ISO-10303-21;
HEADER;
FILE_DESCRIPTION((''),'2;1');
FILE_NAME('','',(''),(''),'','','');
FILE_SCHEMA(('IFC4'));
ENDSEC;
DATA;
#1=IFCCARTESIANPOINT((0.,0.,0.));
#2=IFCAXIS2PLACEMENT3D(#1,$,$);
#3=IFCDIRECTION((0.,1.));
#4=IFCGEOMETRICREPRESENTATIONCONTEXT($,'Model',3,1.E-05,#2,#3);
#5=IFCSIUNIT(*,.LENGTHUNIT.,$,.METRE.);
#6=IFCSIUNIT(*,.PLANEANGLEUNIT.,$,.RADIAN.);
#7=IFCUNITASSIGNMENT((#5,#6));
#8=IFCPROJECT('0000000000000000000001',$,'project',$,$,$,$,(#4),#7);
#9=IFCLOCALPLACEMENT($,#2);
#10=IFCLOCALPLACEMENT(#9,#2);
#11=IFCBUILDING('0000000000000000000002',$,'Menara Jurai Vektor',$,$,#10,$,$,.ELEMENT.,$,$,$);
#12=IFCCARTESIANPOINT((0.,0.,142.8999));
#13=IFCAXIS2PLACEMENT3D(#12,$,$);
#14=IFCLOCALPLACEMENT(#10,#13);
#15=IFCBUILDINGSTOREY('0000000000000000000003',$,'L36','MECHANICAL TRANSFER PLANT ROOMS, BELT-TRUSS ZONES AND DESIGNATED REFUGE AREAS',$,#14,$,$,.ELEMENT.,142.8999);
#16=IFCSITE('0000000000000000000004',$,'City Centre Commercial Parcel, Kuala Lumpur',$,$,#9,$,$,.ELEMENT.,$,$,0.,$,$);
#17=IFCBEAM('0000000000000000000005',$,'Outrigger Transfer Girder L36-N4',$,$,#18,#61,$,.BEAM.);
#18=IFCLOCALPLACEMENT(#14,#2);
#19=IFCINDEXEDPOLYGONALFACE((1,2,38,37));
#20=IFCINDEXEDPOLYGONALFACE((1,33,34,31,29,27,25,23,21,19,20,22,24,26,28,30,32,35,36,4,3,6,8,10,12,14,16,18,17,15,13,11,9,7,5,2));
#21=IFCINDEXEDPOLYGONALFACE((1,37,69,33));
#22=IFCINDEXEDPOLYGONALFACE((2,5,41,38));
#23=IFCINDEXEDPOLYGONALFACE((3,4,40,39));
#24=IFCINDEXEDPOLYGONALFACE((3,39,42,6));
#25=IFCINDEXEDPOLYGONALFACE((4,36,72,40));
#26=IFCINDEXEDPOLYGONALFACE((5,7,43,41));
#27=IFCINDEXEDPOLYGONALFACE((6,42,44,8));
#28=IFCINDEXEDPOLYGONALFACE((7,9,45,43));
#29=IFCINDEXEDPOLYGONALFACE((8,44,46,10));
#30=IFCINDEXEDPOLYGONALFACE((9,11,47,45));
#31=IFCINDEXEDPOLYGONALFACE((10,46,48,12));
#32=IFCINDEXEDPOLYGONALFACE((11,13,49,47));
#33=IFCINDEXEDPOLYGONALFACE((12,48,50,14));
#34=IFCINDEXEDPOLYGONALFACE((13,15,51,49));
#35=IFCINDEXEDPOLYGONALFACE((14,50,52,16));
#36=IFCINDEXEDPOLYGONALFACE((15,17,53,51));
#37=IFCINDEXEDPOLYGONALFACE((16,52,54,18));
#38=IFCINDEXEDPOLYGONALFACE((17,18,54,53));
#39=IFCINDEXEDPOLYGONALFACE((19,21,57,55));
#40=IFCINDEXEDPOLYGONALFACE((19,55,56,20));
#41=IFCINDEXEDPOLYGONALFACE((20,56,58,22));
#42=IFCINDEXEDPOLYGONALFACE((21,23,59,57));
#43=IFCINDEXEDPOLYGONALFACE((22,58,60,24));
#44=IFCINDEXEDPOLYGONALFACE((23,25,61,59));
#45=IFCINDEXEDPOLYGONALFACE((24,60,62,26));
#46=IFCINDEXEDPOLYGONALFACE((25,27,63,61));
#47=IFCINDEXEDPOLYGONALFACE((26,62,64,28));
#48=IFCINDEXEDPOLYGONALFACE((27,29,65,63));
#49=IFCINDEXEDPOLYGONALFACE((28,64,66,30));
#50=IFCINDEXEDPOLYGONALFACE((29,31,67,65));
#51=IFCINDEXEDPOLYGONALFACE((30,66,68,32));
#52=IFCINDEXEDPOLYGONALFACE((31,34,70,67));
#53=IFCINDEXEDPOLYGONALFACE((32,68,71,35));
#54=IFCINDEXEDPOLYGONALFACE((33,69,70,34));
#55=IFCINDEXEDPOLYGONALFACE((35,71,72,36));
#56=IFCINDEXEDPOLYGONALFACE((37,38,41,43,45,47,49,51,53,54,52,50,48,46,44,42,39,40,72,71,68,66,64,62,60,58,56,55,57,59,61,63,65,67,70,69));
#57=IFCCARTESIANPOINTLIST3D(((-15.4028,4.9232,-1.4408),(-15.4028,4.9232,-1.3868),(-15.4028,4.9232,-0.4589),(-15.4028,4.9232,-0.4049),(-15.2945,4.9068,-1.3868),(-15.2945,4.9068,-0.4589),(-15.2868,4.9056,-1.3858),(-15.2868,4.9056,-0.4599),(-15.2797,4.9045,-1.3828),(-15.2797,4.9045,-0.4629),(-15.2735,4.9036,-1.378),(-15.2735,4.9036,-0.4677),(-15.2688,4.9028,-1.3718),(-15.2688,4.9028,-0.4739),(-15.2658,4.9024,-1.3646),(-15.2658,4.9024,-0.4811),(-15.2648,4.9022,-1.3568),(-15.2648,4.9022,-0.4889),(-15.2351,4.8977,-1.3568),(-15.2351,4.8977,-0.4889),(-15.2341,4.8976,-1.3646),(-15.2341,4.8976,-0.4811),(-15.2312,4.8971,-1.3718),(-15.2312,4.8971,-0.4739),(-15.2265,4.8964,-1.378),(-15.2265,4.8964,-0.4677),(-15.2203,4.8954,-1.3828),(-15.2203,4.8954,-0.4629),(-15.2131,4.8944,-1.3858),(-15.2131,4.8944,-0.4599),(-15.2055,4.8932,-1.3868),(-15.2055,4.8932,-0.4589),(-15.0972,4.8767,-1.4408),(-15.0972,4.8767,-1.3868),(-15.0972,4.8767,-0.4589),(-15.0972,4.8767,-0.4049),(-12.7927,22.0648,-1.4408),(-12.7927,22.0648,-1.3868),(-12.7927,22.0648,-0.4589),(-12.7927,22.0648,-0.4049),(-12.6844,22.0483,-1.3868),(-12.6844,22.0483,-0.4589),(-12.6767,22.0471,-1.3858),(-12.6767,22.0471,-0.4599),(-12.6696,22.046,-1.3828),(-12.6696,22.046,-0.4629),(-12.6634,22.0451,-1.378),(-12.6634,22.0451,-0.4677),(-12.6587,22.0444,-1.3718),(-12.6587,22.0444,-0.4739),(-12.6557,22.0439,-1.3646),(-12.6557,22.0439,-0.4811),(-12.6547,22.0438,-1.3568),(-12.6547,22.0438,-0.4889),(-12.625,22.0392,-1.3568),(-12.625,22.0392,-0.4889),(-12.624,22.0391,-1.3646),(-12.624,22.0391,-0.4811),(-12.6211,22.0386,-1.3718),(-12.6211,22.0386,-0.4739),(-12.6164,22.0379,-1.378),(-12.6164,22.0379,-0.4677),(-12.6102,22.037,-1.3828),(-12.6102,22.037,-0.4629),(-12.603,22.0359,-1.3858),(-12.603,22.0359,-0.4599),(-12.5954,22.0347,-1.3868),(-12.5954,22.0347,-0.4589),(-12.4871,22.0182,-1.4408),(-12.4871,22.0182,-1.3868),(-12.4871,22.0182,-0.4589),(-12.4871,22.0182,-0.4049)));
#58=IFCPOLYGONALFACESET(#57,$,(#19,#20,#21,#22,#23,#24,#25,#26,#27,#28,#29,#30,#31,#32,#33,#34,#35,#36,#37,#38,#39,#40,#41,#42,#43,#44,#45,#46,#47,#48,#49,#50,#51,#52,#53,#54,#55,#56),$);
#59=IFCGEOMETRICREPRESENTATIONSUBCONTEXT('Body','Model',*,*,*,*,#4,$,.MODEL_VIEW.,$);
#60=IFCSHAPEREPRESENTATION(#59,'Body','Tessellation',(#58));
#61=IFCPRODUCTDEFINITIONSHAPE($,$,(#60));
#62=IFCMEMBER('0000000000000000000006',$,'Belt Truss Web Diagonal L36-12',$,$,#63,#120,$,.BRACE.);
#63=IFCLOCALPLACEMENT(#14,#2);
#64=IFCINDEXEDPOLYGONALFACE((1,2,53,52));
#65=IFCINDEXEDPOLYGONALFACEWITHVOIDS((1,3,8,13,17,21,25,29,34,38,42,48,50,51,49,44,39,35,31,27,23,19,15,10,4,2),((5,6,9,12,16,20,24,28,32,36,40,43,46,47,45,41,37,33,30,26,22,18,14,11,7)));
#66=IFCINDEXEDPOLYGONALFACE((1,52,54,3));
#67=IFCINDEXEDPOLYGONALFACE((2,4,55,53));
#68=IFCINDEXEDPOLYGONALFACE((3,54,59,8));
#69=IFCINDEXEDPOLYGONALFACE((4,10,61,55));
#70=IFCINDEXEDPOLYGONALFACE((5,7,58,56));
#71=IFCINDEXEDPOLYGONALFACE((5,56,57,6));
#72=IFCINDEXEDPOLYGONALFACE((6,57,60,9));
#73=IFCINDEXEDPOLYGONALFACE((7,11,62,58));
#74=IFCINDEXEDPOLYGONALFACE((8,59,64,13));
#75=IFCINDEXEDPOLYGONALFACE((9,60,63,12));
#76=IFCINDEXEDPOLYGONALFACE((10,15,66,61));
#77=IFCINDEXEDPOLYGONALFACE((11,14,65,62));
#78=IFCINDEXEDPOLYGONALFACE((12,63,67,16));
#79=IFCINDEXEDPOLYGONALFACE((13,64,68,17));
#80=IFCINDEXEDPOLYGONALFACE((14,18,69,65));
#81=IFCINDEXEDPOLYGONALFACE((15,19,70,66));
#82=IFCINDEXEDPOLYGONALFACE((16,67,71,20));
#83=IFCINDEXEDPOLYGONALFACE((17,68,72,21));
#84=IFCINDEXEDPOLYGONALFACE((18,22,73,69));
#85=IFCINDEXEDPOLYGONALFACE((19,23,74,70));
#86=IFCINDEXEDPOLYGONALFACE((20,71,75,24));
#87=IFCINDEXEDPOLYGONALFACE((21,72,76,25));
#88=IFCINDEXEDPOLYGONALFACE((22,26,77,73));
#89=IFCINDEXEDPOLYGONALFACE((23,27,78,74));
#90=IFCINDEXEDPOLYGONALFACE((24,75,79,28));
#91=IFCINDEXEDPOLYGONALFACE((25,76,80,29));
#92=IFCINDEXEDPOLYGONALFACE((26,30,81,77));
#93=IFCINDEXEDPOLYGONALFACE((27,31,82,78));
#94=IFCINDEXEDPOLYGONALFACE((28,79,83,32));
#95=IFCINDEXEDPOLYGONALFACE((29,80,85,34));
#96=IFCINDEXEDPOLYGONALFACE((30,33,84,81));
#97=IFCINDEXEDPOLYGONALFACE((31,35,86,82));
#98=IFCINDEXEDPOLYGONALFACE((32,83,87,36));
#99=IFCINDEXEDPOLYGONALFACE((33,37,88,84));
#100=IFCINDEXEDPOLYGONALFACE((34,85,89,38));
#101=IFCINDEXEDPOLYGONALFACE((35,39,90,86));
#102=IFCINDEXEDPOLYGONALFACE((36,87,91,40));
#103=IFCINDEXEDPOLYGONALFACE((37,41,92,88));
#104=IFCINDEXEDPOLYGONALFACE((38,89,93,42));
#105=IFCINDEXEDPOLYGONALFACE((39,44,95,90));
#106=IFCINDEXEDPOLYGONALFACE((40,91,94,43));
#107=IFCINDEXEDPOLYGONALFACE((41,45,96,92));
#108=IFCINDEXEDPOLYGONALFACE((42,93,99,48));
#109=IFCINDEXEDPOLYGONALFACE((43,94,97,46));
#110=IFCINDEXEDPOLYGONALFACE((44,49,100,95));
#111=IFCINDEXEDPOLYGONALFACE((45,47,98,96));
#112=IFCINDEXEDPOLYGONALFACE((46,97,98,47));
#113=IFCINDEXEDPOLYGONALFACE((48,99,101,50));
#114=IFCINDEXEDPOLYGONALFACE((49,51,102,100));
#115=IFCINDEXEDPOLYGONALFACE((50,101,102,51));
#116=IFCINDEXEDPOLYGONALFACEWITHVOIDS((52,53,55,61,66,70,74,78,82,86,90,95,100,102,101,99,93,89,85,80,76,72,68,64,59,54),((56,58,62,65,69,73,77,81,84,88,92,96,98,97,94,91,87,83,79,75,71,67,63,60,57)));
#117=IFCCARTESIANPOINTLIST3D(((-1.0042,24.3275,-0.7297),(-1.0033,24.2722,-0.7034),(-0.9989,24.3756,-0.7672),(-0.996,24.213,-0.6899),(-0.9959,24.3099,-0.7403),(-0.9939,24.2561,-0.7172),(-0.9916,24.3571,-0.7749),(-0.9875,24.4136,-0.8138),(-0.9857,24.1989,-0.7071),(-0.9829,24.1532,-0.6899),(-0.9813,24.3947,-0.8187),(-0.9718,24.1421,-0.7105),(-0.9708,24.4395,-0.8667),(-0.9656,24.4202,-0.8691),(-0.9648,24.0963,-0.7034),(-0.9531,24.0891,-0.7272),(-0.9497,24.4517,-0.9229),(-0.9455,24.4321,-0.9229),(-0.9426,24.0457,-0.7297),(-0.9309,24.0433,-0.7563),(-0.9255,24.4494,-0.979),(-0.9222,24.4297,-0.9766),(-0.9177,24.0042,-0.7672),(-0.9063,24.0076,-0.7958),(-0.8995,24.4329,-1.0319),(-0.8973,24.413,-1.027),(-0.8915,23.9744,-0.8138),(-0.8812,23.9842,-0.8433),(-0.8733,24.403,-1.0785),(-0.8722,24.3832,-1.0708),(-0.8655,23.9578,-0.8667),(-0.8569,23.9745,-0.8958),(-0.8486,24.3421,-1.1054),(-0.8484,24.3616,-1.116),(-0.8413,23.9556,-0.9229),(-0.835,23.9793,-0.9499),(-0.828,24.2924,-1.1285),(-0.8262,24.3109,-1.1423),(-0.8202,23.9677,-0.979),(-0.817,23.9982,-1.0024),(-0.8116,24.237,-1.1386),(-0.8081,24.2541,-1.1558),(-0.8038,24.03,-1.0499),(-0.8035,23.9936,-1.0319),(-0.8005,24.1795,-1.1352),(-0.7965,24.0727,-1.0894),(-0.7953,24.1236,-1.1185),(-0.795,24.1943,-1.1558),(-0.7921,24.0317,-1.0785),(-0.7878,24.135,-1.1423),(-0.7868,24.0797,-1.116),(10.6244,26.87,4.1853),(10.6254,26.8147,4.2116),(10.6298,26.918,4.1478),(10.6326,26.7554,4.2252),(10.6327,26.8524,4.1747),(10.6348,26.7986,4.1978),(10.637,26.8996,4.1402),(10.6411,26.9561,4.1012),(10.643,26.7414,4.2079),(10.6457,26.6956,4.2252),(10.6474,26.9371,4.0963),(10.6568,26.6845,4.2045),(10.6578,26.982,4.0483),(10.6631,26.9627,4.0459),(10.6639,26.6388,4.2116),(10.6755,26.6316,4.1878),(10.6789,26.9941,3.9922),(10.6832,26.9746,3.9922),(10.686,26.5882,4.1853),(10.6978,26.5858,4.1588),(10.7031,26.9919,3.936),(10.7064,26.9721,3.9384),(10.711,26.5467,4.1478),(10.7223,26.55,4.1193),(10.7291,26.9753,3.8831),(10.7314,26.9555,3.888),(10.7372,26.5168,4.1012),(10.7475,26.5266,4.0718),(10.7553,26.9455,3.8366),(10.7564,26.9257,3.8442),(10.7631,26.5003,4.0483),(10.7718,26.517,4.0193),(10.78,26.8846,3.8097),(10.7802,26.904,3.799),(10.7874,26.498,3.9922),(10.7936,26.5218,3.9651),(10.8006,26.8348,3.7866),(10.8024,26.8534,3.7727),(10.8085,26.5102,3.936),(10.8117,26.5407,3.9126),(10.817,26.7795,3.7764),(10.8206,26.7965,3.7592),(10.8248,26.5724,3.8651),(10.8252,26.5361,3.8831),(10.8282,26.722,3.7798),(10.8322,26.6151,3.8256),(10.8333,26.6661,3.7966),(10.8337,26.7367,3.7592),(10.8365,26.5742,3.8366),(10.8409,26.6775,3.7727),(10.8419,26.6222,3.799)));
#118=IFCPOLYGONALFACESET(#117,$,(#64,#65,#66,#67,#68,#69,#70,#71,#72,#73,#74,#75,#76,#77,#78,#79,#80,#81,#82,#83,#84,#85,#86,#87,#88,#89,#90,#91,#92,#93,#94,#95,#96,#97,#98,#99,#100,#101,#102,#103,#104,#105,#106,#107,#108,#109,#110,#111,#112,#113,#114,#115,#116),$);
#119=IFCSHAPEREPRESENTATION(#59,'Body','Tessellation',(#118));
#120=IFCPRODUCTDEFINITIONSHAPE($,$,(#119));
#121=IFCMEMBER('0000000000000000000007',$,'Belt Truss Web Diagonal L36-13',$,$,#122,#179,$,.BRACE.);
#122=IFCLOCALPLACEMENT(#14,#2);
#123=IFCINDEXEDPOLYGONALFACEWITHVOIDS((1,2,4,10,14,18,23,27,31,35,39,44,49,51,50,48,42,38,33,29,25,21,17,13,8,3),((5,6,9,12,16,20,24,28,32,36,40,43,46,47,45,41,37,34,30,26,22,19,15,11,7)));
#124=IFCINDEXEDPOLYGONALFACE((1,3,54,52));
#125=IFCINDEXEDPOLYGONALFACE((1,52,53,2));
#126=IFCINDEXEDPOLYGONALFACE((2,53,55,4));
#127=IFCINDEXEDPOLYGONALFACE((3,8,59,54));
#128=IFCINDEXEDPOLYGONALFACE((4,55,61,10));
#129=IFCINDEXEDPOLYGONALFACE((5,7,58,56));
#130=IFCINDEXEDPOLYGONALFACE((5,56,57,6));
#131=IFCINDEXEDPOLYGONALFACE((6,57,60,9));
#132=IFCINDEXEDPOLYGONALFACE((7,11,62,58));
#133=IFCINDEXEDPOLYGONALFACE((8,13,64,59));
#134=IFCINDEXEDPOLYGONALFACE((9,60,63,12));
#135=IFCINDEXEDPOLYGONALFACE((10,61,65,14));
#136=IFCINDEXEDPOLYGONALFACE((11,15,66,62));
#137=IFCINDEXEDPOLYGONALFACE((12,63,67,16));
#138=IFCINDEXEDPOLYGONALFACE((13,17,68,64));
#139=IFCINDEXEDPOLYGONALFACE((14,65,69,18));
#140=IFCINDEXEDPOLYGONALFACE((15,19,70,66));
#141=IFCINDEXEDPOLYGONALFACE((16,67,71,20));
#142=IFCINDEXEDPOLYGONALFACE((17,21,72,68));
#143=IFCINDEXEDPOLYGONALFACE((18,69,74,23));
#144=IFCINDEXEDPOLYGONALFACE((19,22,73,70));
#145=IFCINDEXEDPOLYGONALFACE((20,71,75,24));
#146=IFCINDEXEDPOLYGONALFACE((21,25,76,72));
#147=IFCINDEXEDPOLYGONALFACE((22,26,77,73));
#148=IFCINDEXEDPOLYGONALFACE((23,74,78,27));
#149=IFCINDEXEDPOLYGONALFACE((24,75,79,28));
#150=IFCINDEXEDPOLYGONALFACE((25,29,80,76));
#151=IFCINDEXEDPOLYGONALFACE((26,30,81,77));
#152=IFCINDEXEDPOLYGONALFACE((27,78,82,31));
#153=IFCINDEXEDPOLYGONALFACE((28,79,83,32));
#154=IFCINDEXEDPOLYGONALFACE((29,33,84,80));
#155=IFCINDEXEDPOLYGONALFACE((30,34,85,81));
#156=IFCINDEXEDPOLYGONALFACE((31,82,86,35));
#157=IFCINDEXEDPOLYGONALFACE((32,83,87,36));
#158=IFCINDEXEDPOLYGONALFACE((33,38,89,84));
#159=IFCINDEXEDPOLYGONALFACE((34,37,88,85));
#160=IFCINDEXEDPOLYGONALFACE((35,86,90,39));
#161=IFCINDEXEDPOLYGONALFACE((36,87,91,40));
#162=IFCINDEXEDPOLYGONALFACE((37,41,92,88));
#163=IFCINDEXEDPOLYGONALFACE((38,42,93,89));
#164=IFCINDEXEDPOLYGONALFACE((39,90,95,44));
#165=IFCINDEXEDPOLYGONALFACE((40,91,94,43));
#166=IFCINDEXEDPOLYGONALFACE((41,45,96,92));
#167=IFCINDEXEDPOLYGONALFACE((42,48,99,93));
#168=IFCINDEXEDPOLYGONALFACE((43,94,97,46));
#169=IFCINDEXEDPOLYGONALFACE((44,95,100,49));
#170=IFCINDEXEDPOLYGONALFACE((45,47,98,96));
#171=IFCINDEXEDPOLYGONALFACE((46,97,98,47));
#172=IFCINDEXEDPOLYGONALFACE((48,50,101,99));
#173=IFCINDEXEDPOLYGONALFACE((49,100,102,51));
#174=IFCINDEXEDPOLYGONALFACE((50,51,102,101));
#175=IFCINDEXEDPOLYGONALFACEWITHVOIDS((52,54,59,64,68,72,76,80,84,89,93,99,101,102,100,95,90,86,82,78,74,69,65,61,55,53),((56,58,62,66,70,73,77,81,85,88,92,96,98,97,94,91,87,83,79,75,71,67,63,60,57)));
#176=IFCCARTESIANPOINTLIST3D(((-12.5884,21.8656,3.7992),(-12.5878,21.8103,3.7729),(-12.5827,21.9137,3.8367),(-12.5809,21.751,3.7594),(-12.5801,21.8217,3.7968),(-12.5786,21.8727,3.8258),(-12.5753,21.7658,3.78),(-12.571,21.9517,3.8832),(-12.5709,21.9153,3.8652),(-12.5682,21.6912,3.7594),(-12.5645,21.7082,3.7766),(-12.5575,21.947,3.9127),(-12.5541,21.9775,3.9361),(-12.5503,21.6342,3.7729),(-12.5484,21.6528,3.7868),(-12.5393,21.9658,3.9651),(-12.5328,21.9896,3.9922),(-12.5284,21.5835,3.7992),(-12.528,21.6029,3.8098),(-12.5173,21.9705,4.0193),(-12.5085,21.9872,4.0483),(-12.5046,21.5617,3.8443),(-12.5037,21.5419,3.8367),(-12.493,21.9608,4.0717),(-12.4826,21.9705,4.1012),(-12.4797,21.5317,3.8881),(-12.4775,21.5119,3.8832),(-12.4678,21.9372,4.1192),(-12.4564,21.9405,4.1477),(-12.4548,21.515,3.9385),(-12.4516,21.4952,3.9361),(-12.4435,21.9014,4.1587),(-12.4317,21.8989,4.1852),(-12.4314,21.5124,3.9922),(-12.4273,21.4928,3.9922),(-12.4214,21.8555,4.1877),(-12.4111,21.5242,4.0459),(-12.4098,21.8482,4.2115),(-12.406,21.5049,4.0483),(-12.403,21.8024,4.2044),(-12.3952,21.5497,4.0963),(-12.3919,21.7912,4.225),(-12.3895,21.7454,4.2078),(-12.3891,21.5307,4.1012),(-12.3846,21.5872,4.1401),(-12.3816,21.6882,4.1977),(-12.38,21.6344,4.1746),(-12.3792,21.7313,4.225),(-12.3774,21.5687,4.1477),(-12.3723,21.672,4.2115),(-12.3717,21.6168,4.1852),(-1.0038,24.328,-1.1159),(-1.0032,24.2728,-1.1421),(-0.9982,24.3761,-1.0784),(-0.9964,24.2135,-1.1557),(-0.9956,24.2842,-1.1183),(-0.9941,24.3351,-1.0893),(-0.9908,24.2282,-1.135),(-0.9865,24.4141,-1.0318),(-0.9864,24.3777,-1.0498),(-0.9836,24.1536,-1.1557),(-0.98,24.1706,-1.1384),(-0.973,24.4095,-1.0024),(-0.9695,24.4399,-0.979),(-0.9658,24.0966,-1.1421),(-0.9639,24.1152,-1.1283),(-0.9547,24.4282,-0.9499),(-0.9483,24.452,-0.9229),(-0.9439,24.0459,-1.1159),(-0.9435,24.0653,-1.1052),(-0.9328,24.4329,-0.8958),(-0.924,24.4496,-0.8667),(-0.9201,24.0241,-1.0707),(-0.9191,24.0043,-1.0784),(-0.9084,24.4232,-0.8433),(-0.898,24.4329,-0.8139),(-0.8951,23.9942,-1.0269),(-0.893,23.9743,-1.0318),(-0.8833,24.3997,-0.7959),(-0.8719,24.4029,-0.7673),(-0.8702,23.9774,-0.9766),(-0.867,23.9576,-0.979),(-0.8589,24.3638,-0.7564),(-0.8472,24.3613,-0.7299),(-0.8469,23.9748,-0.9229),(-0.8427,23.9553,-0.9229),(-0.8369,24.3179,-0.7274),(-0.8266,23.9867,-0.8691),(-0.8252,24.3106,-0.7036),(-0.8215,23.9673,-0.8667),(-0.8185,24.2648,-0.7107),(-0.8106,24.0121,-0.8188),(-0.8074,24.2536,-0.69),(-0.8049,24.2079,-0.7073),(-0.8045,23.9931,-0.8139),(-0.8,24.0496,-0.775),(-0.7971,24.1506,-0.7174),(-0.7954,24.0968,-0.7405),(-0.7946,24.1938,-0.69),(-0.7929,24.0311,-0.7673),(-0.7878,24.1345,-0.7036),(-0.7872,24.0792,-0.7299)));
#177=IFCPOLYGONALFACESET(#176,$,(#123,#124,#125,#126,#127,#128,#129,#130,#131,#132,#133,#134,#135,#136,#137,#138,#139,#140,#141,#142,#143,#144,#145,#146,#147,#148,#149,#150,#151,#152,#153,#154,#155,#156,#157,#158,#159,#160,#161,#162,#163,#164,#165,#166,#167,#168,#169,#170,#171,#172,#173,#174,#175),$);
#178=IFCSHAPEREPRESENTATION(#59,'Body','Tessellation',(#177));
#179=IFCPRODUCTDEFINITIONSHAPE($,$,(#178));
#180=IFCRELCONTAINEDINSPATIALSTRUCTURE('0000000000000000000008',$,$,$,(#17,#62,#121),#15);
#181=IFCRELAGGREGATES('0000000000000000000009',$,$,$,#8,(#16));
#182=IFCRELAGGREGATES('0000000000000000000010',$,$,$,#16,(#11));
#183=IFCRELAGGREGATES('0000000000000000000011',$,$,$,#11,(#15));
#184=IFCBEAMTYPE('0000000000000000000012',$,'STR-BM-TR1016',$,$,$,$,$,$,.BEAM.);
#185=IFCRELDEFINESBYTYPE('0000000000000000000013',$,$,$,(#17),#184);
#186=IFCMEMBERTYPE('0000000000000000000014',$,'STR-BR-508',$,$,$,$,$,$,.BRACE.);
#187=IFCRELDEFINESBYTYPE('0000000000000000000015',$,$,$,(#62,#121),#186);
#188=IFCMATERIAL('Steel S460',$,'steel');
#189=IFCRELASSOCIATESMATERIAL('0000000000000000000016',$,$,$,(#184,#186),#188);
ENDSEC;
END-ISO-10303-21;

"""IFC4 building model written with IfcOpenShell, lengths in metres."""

from ifc_helpers import new_model, si_unit, direction, frame, origin, origin_2d, place, context, subcontext, project, spatial, hollow_circle, i_section, extrude, material, material_profile, profile_set, type_object, element, save


model = new_model("IFC4")

# Units and contexts
model_context = context("Model", 3, precision=1e-05, world=origin(), true_north=direction((0.0, 1.0)))
body_context = subcontext(model_context, "Body", "Model", "MODEL_VIEW")
ifc_project = project(units=[si_unit("LENGTHUNIT", "METRE"), si_unit("PLANEANGLEUNIT", "RADIAN")], contexts=[model_context])

# Site, building, storey
site_placement = place(None, origin())
site = spatial("IfcSite", under=ifc_project, at=site_placement, Name="City Centre Commercial Parcel, Kuala Lumpur", CompositionType="ELEMENT", RefElevation=0.0)
building_placement = place(site_placement, origin())
building = spatial("IfcBuilding", under=site, at=building_placement, Name="Menara Jurai Vektor", CompositionType="ELEMENT")
storey_placement = place(building_placement, frame((0.0, 0.0, 142.8999)))
storey = spatial("IfcBuildingStorey", under=building, at=storey_placement, Name="L36", Description="MECHANICAL TRANSFER PLANT ROOMS, BELT-TRUSS ZONES AND DESIGNATED REFUGE AREAS", CompositionType="ELEMENT", Elevation=142.8999)

# Shared definitions
ifc_material_1 = material(Name="Steel S460", Category="steel")

# Beam
ifc_material_profile_1 = material_profile(ifc_material_1, i_section(OverallWidth=0.3091, OverallDepth=1.0359, WebThickness=0.03, FlangeThickness=0.054, FilletRadius=0.03, at=origin_2d()), Name="UKB 1016x305x487")
ifc_profile_set_1 = profile_set([ifc_material_profile_1], Name="Steel S460")
beam_type_1 = type_object("IfcBeamType", Name="STR-BM-TR1016", PredefinedType="BEAM", material=ifc_profile_set_1)
beam_1_placement = place(storey_placement, frame((-12.6399, 22.0415, -0.9229), z_axis=(-0.150532, -0.988605, 0.0), x_axis=(0.988605, -0.150532, 0.0)))
element("IfcBeam", 1, at=beam_1_placement, inside=storey, type_object=beam_type_1, Name="Outrigger Transfer Girder L36-N4", PredefinedType="BEAM", context=body_context, shape_type="SweptSolid", body=[
    extrude(i_section(OverallWidth=0.3091, OverallDepth=1.0359, WebThickness=0.03, FlangeThickness=0.054, FilletRadius=0.03, at=origin_2d()), origin(), (0.0, 0.0, 1.0), 17.3391),
])

# Members
ifc_material_profile_2 = material_profile(ifc_material_1, hollow_circle(Radius=0.2539, WallThickness=0.02, at=origin_2d()), Name="CHS 508x20")
ifc_profile_set_2 = profile_set([ifc_material_profile_2], Name="Steel S460")
member_type_1 = type_object("IfcMemberType", Name="STR-BR-508", PredefinedType="BRACE", material=ifc_profile_set_2)
member_1_placement = place(storey_placement, frame((-0.8955, 24.2036, -0.9229), z_axis=(0.902974, 0.197425, 0.381656), x_axis=(-0.213594, 0.976923, 0.0)))
element("IfcMember", 2, at=member_1_placement, inside=storey, type_object=member_type_1, Name="Belt Truss Web Diagonal L36-12", PredefinedType="BRACE", context=body_context, shape_type="SweptSolid", body=[
    extrude(hollow_circle(Radius=0.2539, WallThickness=0.02, at=origin_2d()), origin(), (0.0, 0.0, 1.0), 12.8782),
])
member_2_placement = place(storey_placement, frame((-0.8955, 24.2036, -0.9229), z_axis=(-0.903436, -0.192035, 0.383308), x_axis=(0.207915, -0.978147, 0.0)))
element("IfcMember", 3, at=member_2_placement, inside=storey, type_object=member_type_1, Name="Belt Truss Web Diagonal L36-13", PredefinedType="BRACE", context=body_context, shape_type="SweptSolid", body=[
    extrude(hollow_circle(Radius=0.2539, WallThickness=0.02, at=origin_2d()), origin(), (0.0, 0.0, 1.0), 12.8228),
])

save(model, "model.ifc")
